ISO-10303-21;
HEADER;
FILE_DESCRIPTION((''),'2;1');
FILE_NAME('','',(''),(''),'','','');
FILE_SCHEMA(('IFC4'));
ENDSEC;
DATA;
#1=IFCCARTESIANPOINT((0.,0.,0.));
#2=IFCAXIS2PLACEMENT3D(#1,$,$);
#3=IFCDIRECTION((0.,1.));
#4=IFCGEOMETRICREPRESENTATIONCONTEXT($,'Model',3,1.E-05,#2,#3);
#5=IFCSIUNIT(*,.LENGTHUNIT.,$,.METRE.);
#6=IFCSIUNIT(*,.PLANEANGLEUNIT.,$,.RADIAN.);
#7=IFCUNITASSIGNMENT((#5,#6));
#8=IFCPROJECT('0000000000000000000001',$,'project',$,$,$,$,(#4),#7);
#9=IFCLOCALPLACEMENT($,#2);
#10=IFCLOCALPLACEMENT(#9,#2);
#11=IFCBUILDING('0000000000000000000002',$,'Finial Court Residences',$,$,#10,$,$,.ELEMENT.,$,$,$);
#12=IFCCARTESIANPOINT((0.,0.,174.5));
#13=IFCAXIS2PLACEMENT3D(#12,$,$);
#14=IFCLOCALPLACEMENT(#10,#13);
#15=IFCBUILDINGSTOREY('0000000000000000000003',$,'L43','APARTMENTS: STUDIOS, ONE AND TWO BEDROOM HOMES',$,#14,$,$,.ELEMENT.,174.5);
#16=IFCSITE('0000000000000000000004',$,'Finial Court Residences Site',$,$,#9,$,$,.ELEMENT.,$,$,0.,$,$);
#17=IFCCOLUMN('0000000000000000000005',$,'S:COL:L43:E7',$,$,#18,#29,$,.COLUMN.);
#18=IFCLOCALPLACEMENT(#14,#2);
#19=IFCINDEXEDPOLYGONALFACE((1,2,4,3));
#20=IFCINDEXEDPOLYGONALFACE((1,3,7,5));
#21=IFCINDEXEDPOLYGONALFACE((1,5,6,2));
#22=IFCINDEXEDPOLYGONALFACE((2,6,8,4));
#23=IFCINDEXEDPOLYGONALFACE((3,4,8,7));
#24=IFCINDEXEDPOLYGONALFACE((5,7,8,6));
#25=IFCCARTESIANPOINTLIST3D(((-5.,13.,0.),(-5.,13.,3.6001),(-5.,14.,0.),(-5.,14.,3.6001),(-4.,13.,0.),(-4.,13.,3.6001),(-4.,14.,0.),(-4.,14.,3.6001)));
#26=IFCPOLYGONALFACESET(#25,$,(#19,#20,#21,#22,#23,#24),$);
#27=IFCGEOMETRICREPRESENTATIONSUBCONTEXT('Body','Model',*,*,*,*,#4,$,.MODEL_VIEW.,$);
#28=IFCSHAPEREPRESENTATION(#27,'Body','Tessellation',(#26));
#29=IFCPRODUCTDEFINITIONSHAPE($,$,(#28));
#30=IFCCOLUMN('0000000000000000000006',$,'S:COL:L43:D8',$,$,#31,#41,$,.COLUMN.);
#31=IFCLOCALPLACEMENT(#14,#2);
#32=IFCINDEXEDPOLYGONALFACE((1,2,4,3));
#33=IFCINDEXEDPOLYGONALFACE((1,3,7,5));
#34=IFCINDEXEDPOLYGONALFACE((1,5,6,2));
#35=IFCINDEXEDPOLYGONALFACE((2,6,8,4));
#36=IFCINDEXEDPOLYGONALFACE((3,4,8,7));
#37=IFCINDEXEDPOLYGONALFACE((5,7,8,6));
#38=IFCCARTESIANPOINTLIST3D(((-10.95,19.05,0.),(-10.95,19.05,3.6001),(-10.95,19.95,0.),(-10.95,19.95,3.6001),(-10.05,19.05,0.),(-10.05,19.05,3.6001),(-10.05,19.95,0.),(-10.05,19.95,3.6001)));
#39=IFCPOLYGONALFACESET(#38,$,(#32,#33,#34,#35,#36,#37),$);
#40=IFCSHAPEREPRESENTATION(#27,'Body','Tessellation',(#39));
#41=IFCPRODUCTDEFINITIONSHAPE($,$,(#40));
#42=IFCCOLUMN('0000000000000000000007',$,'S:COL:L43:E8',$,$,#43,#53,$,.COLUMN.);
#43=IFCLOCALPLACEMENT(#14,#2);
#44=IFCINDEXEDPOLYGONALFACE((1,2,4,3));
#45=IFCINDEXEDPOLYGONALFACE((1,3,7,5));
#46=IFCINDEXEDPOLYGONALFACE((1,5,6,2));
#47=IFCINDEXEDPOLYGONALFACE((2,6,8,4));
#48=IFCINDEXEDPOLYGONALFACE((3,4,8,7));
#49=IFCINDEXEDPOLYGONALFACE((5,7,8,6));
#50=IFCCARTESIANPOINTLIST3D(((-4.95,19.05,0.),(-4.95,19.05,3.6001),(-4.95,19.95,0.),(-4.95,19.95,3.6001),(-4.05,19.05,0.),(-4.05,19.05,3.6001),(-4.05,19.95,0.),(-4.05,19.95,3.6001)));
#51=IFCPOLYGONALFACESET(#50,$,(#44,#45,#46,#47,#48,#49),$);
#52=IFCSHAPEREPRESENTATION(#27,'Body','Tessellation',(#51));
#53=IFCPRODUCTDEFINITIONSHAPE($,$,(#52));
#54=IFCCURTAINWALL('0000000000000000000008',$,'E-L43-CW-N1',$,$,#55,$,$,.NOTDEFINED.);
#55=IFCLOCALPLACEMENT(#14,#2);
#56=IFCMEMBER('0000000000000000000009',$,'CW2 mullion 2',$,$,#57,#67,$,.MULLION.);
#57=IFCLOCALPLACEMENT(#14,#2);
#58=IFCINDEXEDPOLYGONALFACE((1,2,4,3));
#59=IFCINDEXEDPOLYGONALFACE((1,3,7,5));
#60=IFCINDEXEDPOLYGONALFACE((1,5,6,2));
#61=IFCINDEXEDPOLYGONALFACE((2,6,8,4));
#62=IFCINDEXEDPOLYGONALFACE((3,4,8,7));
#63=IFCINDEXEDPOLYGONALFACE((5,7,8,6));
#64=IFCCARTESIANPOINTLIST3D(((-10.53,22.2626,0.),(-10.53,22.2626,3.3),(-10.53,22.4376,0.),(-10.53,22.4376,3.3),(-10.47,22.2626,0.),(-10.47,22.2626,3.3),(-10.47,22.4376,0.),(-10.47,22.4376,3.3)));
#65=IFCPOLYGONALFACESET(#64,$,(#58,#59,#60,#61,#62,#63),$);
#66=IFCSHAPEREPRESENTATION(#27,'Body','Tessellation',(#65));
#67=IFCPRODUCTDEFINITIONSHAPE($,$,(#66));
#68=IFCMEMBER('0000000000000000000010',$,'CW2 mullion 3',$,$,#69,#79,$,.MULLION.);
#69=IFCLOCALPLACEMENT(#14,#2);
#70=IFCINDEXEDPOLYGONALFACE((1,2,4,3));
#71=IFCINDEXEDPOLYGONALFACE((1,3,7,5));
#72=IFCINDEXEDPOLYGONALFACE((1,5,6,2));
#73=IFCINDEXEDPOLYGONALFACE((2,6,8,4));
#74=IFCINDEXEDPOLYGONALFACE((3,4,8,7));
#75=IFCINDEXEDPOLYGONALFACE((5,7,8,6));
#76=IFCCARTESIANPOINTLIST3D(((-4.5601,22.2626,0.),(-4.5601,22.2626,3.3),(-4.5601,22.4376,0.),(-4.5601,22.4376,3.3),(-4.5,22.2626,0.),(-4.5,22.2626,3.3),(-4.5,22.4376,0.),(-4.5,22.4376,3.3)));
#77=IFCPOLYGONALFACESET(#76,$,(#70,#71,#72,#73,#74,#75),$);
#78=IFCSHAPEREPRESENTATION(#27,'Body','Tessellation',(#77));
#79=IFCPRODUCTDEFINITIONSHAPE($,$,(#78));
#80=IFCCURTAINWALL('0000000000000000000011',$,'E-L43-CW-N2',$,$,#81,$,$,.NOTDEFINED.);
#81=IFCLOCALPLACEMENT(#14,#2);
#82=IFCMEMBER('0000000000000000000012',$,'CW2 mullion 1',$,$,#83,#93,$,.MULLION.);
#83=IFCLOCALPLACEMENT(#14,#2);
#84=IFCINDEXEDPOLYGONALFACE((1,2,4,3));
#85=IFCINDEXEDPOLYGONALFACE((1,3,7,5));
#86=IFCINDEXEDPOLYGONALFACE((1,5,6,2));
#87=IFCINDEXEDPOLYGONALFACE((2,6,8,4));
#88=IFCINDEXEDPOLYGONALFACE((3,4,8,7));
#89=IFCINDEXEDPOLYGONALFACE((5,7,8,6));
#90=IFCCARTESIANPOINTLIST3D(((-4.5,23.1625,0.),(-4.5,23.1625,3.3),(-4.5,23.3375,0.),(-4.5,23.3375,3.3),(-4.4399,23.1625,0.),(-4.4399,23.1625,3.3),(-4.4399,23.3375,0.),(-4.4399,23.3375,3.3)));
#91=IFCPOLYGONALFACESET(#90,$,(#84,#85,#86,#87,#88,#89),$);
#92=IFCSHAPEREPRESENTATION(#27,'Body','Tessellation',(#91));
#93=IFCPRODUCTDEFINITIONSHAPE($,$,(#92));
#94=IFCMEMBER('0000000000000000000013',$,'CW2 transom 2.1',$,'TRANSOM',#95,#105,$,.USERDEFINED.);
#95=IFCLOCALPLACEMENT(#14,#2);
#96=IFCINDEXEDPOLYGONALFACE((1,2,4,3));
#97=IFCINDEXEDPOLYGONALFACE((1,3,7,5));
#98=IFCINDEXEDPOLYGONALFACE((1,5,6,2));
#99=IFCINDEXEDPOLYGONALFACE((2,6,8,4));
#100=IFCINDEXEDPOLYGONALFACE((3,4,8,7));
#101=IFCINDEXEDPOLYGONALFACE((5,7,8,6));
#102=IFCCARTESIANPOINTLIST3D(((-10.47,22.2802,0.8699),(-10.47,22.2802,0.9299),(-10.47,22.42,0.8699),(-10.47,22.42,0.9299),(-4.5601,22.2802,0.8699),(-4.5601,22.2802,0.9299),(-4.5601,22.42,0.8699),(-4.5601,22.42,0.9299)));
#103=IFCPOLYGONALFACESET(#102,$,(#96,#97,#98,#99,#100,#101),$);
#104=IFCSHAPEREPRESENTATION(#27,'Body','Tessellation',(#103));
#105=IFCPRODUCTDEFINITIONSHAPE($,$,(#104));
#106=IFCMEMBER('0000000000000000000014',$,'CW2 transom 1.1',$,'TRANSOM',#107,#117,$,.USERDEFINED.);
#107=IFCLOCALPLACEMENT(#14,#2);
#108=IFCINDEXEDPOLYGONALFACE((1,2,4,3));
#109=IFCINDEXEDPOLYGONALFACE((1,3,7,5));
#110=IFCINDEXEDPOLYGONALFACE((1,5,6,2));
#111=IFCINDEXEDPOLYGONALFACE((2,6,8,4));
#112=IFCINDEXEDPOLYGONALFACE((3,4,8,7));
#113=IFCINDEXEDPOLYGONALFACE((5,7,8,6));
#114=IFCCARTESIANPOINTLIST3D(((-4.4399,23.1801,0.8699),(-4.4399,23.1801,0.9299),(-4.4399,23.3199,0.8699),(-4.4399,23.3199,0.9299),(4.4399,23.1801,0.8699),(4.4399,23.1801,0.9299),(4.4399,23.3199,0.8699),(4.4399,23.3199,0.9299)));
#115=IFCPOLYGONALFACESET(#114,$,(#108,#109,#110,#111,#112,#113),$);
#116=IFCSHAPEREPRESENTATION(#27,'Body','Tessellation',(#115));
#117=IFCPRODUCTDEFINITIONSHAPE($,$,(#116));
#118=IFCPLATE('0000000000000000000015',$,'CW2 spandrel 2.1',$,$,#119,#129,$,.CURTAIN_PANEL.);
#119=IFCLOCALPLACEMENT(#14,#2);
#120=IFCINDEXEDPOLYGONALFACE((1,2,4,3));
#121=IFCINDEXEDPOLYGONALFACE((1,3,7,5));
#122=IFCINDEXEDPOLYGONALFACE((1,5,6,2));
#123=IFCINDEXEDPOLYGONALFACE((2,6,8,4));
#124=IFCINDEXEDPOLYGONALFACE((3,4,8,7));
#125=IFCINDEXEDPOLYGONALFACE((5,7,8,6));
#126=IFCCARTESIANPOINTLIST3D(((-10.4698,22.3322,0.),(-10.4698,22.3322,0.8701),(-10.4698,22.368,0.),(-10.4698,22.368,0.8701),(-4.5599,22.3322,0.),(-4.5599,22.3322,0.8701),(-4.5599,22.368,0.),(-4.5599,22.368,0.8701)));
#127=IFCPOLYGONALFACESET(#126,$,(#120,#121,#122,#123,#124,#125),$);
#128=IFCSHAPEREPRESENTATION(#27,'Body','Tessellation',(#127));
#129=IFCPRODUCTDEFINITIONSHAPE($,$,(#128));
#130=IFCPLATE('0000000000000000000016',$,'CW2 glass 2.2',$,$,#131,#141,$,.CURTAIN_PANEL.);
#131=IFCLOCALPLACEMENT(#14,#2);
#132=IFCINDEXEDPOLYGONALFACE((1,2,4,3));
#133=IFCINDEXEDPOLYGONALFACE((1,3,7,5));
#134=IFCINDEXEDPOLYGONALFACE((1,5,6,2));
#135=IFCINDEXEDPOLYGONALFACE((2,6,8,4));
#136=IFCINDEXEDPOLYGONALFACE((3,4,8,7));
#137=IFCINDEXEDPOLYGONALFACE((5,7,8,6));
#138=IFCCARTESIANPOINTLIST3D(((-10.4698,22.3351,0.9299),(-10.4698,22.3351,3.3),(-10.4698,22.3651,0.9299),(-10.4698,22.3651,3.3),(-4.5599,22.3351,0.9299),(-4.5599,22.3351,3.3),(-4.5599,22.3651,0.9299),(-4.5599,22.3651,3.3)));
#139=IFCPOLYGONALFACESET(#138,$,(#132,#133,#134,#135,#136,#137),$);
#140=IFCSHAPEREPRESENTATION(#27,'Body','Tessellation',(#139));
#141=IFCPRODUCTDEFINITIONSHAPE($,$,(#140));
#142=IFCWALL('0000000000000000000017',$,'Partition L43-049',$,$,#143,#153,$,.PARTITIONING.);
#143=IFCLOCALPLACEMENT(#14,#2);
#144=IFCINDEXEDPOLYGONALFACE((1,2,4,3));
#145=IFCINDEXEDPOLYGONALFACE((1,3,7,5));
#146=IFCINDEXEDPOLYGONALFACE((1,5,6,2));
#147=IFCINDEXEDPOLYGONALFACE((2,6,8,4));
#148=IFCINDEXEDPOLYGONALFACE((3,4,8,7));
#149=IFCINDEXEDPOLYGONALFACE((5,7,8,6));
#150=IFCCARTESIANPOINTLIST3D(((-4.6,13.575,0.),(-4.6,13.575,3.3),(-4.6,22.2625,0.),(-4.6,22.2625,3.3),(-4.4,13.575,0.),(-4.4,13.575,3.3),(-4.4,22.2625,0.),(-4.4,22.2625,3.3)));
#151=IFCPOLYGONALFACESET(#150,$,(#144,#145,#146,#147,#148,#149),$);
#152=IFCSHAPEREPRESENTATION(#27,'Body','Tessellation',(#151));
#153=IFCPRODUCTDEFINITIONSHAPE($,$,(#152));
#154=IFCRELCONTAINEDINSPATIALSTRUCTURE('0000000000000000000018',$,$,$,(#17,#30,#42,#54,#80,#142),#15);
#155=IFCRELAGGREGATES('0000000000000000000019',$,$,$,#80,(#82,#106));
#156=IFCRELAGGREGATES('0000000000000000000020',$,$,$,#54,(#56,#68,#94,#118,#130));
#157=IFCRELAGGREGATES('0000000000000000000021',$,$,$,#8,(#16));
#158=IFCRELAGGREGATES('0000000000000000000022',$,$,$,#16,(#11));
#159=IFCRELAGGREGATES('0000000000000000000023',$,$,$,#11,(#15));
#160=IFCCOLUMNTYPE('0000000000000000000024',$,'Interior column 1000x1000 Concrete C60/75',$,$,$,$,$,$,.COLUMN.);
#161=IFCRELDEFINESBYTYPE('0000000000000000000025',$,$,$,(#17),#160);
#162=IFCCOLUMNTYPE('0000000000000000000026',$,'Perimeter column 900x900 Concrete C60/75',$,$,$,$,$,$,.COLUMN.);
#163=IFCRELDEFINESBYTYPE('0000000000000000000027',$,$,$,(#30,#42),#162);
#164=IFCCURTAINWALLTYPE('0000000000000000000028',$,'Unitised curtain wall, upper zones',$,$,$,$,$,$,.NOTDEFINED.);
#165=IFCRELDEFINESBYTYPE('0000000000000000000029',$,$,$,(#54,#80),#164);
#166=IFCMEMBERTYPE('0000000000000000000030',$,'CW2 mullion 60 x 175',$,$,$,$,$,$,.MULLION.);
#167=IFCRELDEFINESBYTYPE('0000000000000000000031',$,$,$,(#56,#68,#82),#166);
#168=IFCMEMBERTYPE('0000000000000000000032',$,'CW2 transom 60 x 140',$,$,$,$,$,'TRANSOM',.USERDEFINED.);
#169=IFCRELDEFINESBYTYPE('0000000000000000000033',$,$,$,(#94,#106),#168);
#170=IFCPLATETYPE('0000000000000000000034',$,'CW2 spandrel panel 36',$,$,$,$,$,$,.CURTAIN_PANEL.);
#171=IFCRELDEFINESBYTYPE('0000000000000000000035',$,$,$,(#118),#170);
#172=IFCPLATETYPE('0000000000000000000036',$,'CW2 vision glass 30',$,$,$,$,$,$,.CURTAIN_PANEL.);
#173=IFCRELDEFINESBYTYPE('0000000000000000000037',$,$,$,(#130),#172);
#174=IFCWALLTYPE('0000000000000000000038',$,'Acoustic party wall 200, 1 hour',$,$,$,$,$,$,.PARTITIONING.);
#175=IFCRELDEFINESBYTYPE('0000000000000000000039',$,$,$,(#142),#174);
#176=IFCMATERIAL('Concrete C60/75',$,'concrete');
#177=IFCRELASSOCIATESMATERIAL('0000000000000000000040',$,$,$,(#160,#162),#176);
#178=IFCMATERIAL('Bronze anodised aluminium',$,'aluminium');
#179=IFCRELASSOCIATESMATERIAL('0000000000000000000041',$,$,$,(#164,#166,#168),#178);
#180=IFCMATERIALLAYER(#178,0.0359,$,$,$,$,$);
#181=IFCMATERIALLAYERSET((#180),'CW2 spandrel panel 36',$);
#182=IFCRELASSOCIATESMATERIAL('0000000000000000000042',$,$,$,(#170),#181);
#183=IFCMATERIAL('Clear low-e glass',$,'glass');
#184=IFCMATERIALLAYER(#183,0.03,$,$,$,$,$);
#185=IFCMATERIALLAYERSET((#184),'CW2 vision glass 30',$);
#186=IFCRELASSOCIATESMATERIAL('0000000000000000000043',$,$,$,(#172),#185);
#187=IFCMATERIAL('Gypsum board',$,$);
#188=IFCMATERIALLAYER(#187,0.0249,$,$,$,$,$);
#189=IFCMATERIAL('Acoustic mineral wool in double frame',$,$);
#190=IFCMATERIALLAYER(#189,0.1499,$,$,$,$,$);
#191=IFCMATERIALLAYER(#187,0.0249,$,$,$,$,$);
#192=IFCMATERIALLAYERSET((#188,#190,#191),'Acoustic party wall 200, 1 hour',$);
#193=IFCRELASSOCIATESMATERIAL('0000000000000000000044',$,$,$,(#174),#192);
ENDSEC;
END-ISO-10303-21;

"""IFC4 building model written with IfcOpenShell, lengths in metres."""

from ifc_helpers import new_model, si_unit, direction, frame, frame_2d, origin, origin_2d, place, context, subcontext, project, spatial, rectangle, extrude, material, layer, layer_set, material_profile, profile_set, type_object, element, aggregate, save


model = new_model("IFC4")

# Units and contexts
model_context = context("Model", 3, precision=1e-05, world=origin(), true_north=direction((0.0, 1.0)))
body_context = subcontext(model_context, "Body", "Model", "MODEL_VIEW")
ifc_project = project(units=[si_unit("LENGTHUNIT", "METRE"), si_unit("PLANEANGLEUNIT", "RADIAN")], contexts=[model_context])

# Site, building, storey
site_placement = place(None, origin())
site = spatial("IfcSite", under=ifc_project, at=site_placement, Name="Finial Court Residences Site", CompositionType="ELEMENT", RefElevation=0.0)
building_placement = place(site_placement, origin())
building = spatial("IfcBuilding", under=site, at=building_placement, Name="Finial Court Residences", CompositionType="ELEMENT")
storey_placement = place(building_placement, frame((0.0, 0.0, 174.5)))
storey = spatial("IfcBuildingStorey", under=building, at=storey_placement, Name="L43", Description="APARTMENTS: STUDIOS, ONE AND TWO BEDROOM HOMES", CompositionType="ELEMENT", Elevation=174.5)

# Columns
ifc_material_1 = material(Name="Concrete C60/75", Category="concrete")
ifc_material_profile_1 = material_profile(ifc_material_1, rectangle(XDim=1.0, YDim=1.0, at=origin_2d()), Name="1000x1000")
ifc_profile_set_1 = profile_set([ifc_material_profile_1], Name="Concrete C60/75")
column_type_1 = type_object("IfcColumnType", Name="Interior column 1000x1000 Concrete C60/75", PredefinedType="COLUMN", material=ifc_profile_set_1)
column_placement = place(storey_placement, frame((-4.5, 13.5, 0.0), z_axis=(0.0, 0.0, 1.0), x_axis=(1.0, 0.0, 0.0)))
element("IfcColumn", 1, at=column_placement, inside=storey, type_object=column_type_1, Name="S:COL:L43:E7", PredefinedType="COLUMN", context=body_context, shape_type="SweptSolid", body=[
    extrude(rectangle(XDim=1.0, YDim=1.0, at=origin_2d()), origin(), (0.0, 0.0, 1.0), 3.6001),
])
ifc_material_profile_2 = material_profile(ifc_material_1, rectangle(XDim=0.8999, YDim=0.8999, at=origin_2d()), Name="900x900")
ifc_profile_set_2 = profile_set([ifc_material_profile_2], Name="Concrete C60/75")
column_type_2 = type_object("IfcColumnType", Name="Perimeter column 900x900 Concrete C60/75", PredefinedType="COLUMN", material=ifc_profile_set_2)
for number, where, z_axis, x_axis, name in (
    (2, (-10.5, 19.5, 0.0), (0.0, 0.0, 1.0), (1.0, 0.0, 0.0), "S:COL:L43:D8"),
    (3, (-4.5, 19.5, 0.0), (0.0, 0.0, 1.0), (1.0, 0.0, 0.0), "S:COL:L43:E8"),
):
    element("IfcColumn", number, at=place(storey_placement, frame(where, z_axis=z_axis, x_axis=x_axis)), inside=storey, type_object=column_type_2, Name=name, PredefinedType="COLUMN", context=body_context, shape_type="SweptSolid", body=[
        extrude(rectangle(XDim=0.8999, YDim=0.8999, at=origin_2d()), origin(), (0.0, 0.0, 1.0), 3.6001),
    ])

# Curtain wall, members
ifc_material_2 = material(Name="Bronze anodised aluminium", Category="aluminium")
curtain_wall_type = type_object("IfcCurtainWallType", Name="Unitised curtain wall, upper zones", PredefinedType="NOTDEFINED", material=ifc_material_2)
curtain_wall_1_placement = place(storey_placement, origin())
curtain_wall_1 = element("IfcCurtainWall", 4, at=curtain_wall_1_placement, inside=storey, type_object=curtain_wall_type, Name="E-L43-CW-N1", PredefinedType="NOTDEFINED")
ifc_material_profile_3 = material_profile(ifc_material_2, rectangle(XDim=0.175, YDim=0.0601, at=origin_2d()), Name="CW2 mullion 60 x 175")
ifc_profile_set_3 = profile_set([ifc_material_profile_3], Name="Bronze anodised aluminium")
member_type_1 = type_object("IfcMemberType", Name="CW2 mullion 60 x 175", PredefinedType="MULLION", material=ifc_profile_set_3)
member_1_placement = place(storey_placement, frame((-10.5, 22.3501, 0.0), z_axis=(0.0, 0.0, 1.0), x_axis=(0.0, 1.0, 0.0)))
member_1 = element("IfcMember", 5, at=member_1_placement, type_object=member_type_1, Name="CW2 mullion 2", PredefinedType="MULLION", context=body_context, shape_type="SweptSolid", body=[
    extrude(rectangle(XDim=0.175, YDim=0.0601, at=origin_2d()), origin(), (0.0, 0.0, 1.0), 3.3),
])
member_2_placement = place(storey_placement, frame((-4.53, 22.3501, 0.0), z_axis=(0.0, 0.0, 1.0), x_axis=(0.0, 1.0, 0.0)))
member_2 = element("IfcMember", 6, at=member_2_placement, type_object=member_type_1, Name="CW2 mullion 3", PredefinedType="MULLION", context=body_context, shape_type="SweptSolid", body=[
    extrude(rectangle(XDim=0.175, YDim=0.0601, at=origin_2d()), origin(), (0.0, 0.0, 1.0), 3.3),
])

# Curtain wall, member
curtain_wall_2_placement = place(storey_placement, origin())
curtain_wall_2 = element("IfcCurtainWall", 7, at=curtain_wall_2_placement, inside=storey, type_object=curtain_wall_type, Name="E-L43-CW-N2", PredefinedType="NOTDEFINED")
member_3_placement = place(storey_placement, frame((-4.47, 23.25, 0.0), z_axis=(0.0, 0.0, 1.0), x_axis=(0.0, 1.0, 0.0)))
member_3 = element("IfcMember", 8, at=member_3_placement, type_object=member_type_1, Name="CW2 mullion 1", PredefinedType="MULLION", context=body_context, shape_type="SweptSolid", body=[
    extrude(rectangle(XDim=0.175, YDim=0.0601, at=origin_2d()), origin(), (0.0, 0.0, 1.0), 3.3),
])

# Members
ifc_material_profile_4 = material_profile(ifc_material_2, rectangle(XDim=0.1399, YDim=0.0601, at=origin_2d()), Name="CW2 transom 60 x 140")
ifc_profile_set_4 = profile_set([ifc_material_profile_4], Name="Bronze anodised aluminium")
member_type_2 = type_object("IfcMemberType", Name="CW2 transom 60 x 140", ElementType="TRANSOM", PredefinedType="USERDEFINED", material=ifc_profile_set_4)
member_4_placement = place(storey_placement, frame((-10.47, 22.3501, 0.8999), z_axis=(1.0, 0.0, 0.0), x_axis=(0.0, 1.0, 0.0)))
member_4 = element("IfcMember", 9, at=member_4_placement, type_object=member_type_2, Name="CW2 transom 2.1", ObjectType="TRANSOM", PredefinedType="USERDEFINED", context=body_context, shape_type="SweptSolid", body=[
    extrude(rectangle(XDim=0.1399, YDim=0.0601, at=origin_2d()), origin(), (0.0, 0.0, 1.0), 5.9099),
])
member_5_placement = place(storey_placement, frame((-4.4399, 23.25, 0.8999), z_axis=(1.0, 0.0, 0.0), x_axis=(0.0, 1.0, 0.0)))
member_5 = element("IfcMember", 10, at=member_5_placement, type_object=member_type_2, Name="CW2 transom 1.1", ObjectType="TRANSOM", PredefinedType="USERDEFINED", context=body_context, shape_type="SweptSolid", body=[
    extrude(rectangle(XDim=0.1399, YDim=0.0601, at=origin_2d()), origin(), (0.0, 0.0, 1.0), 8.8799),
])
aggregate(curtain_wall_2, [member_3, member_5])

# Plates
ifc_layer_1 = layer(ifc_material_2, 0.0359)
ifc_layer_set_1 = layer_set([ifc_layer_1], Name="CW2 spandrel panel 36")
plate_type_1 = type_object("IfcPlateType", Name="CW2 spandrel panel 36", PredefinedType="CURTAIN_PANEL", material=ifc_layer_set_1)
plate_1_placement = place(storey_placement, frame((-7.5149, 22.3501, 0.0), z_axis=(0.0, 0.0, 1.0), x_axis=(1.0, 0.0, 0.0)))
plate_1 = element("IfcPlate", 11, at=plate_1_placement, type_object=plate_type_1, Name="CW2 spandrel 2.1", PredefinedType="CURTAIN_PANEL", context=body_context, shape_type="SweptSolid", body=[
    extrude(rectangle(XDim=5.9099, YDim=0.0359, at=origin_2d()), origin(), (0.0, 0.0, 1.0), 0.8701),
])
ifc_material_3 = material(Name="Clear low-e glass", Category="glass")
ifc_layer_2 = layer(ifc_material_3, 0.03)
ifc_layer_set_2 = layer_set([ifc_layer_2], Name="CW2 vision glass 30")
plate_type_2 = type_object("IfcPlateType", Name="CW2 vision glass 30", PredefinedType="CURTAIN_PANEL", material=ifc_layer_set_2)
plate_2_placement = place(storey_placement, frame((-7.5149, 22.3501, 0.9299), z_axis=(0.0, 0.0, 1.0), x_axis=(1.0, 0.0, 0.0)))
plate_2 = element("IfcPlate", 12, at=plate_2_placement, type_object=plate_type_2, Name="CW2 glass 2.2", PredefinedType="CURTAIN_PANEL", context=body_context, shape_type="SweptSolid", body=[
    extrude(rectangle(XDim=5.9099, YDim=0.03, at=origin_2d()), origin(), (0.0, 0.0, 1.0), 2.3701),
])
aggregate(curtain_wall_1, [member_1, member_2, member_4, plate_1, plate_2])

# Wall
ifc_material_4 = material(Name="Gypsum board")
ifc_layer_3 = layer(ifc_material_4, 0.0249)
ifc_material_5 = material(Name="Acoustic mineral wool in double frame")
ifc_layer_4 = layer(ifc_material_5, 0.1499)
ifc_layer_5 = layer(ifc_material_4, 0.0249)
ifc_layer_set_3 = layer_set([ifc_layer_3, ifc_layer_4, ifc_layer_5], Name="Acoustic party wall 200, 1 hour")
wall_type_1 = type_object("IfcWallType", Name="Acoustic party wall 200, 1 hour", PredefinedType="PARTITIONING", material=ifc_layer_set_3)
wall_1_placement = place(storey_placement, frame((-4.5, 13.575, 0.0), z_axis=(0.0, 0.0, 1.0), x_axis=(0.0, 1.0, 0.0)))
element("IfcWall", 13, at=wall_1_placement, inside=storey, type_object=wall_type_1, Name="Partition L43-049", PredefinedType="PARTITIONING", context=body_context, shape_type="SweptSolid", body=[
    extrude(rectangle(XDim=8.6875, YDim=0.2, at=frame_2d((4.3438, 0.0))), origin(), (0.0, 0.0, 1.0), 3.3),
])

save(model, "model.ifc")
